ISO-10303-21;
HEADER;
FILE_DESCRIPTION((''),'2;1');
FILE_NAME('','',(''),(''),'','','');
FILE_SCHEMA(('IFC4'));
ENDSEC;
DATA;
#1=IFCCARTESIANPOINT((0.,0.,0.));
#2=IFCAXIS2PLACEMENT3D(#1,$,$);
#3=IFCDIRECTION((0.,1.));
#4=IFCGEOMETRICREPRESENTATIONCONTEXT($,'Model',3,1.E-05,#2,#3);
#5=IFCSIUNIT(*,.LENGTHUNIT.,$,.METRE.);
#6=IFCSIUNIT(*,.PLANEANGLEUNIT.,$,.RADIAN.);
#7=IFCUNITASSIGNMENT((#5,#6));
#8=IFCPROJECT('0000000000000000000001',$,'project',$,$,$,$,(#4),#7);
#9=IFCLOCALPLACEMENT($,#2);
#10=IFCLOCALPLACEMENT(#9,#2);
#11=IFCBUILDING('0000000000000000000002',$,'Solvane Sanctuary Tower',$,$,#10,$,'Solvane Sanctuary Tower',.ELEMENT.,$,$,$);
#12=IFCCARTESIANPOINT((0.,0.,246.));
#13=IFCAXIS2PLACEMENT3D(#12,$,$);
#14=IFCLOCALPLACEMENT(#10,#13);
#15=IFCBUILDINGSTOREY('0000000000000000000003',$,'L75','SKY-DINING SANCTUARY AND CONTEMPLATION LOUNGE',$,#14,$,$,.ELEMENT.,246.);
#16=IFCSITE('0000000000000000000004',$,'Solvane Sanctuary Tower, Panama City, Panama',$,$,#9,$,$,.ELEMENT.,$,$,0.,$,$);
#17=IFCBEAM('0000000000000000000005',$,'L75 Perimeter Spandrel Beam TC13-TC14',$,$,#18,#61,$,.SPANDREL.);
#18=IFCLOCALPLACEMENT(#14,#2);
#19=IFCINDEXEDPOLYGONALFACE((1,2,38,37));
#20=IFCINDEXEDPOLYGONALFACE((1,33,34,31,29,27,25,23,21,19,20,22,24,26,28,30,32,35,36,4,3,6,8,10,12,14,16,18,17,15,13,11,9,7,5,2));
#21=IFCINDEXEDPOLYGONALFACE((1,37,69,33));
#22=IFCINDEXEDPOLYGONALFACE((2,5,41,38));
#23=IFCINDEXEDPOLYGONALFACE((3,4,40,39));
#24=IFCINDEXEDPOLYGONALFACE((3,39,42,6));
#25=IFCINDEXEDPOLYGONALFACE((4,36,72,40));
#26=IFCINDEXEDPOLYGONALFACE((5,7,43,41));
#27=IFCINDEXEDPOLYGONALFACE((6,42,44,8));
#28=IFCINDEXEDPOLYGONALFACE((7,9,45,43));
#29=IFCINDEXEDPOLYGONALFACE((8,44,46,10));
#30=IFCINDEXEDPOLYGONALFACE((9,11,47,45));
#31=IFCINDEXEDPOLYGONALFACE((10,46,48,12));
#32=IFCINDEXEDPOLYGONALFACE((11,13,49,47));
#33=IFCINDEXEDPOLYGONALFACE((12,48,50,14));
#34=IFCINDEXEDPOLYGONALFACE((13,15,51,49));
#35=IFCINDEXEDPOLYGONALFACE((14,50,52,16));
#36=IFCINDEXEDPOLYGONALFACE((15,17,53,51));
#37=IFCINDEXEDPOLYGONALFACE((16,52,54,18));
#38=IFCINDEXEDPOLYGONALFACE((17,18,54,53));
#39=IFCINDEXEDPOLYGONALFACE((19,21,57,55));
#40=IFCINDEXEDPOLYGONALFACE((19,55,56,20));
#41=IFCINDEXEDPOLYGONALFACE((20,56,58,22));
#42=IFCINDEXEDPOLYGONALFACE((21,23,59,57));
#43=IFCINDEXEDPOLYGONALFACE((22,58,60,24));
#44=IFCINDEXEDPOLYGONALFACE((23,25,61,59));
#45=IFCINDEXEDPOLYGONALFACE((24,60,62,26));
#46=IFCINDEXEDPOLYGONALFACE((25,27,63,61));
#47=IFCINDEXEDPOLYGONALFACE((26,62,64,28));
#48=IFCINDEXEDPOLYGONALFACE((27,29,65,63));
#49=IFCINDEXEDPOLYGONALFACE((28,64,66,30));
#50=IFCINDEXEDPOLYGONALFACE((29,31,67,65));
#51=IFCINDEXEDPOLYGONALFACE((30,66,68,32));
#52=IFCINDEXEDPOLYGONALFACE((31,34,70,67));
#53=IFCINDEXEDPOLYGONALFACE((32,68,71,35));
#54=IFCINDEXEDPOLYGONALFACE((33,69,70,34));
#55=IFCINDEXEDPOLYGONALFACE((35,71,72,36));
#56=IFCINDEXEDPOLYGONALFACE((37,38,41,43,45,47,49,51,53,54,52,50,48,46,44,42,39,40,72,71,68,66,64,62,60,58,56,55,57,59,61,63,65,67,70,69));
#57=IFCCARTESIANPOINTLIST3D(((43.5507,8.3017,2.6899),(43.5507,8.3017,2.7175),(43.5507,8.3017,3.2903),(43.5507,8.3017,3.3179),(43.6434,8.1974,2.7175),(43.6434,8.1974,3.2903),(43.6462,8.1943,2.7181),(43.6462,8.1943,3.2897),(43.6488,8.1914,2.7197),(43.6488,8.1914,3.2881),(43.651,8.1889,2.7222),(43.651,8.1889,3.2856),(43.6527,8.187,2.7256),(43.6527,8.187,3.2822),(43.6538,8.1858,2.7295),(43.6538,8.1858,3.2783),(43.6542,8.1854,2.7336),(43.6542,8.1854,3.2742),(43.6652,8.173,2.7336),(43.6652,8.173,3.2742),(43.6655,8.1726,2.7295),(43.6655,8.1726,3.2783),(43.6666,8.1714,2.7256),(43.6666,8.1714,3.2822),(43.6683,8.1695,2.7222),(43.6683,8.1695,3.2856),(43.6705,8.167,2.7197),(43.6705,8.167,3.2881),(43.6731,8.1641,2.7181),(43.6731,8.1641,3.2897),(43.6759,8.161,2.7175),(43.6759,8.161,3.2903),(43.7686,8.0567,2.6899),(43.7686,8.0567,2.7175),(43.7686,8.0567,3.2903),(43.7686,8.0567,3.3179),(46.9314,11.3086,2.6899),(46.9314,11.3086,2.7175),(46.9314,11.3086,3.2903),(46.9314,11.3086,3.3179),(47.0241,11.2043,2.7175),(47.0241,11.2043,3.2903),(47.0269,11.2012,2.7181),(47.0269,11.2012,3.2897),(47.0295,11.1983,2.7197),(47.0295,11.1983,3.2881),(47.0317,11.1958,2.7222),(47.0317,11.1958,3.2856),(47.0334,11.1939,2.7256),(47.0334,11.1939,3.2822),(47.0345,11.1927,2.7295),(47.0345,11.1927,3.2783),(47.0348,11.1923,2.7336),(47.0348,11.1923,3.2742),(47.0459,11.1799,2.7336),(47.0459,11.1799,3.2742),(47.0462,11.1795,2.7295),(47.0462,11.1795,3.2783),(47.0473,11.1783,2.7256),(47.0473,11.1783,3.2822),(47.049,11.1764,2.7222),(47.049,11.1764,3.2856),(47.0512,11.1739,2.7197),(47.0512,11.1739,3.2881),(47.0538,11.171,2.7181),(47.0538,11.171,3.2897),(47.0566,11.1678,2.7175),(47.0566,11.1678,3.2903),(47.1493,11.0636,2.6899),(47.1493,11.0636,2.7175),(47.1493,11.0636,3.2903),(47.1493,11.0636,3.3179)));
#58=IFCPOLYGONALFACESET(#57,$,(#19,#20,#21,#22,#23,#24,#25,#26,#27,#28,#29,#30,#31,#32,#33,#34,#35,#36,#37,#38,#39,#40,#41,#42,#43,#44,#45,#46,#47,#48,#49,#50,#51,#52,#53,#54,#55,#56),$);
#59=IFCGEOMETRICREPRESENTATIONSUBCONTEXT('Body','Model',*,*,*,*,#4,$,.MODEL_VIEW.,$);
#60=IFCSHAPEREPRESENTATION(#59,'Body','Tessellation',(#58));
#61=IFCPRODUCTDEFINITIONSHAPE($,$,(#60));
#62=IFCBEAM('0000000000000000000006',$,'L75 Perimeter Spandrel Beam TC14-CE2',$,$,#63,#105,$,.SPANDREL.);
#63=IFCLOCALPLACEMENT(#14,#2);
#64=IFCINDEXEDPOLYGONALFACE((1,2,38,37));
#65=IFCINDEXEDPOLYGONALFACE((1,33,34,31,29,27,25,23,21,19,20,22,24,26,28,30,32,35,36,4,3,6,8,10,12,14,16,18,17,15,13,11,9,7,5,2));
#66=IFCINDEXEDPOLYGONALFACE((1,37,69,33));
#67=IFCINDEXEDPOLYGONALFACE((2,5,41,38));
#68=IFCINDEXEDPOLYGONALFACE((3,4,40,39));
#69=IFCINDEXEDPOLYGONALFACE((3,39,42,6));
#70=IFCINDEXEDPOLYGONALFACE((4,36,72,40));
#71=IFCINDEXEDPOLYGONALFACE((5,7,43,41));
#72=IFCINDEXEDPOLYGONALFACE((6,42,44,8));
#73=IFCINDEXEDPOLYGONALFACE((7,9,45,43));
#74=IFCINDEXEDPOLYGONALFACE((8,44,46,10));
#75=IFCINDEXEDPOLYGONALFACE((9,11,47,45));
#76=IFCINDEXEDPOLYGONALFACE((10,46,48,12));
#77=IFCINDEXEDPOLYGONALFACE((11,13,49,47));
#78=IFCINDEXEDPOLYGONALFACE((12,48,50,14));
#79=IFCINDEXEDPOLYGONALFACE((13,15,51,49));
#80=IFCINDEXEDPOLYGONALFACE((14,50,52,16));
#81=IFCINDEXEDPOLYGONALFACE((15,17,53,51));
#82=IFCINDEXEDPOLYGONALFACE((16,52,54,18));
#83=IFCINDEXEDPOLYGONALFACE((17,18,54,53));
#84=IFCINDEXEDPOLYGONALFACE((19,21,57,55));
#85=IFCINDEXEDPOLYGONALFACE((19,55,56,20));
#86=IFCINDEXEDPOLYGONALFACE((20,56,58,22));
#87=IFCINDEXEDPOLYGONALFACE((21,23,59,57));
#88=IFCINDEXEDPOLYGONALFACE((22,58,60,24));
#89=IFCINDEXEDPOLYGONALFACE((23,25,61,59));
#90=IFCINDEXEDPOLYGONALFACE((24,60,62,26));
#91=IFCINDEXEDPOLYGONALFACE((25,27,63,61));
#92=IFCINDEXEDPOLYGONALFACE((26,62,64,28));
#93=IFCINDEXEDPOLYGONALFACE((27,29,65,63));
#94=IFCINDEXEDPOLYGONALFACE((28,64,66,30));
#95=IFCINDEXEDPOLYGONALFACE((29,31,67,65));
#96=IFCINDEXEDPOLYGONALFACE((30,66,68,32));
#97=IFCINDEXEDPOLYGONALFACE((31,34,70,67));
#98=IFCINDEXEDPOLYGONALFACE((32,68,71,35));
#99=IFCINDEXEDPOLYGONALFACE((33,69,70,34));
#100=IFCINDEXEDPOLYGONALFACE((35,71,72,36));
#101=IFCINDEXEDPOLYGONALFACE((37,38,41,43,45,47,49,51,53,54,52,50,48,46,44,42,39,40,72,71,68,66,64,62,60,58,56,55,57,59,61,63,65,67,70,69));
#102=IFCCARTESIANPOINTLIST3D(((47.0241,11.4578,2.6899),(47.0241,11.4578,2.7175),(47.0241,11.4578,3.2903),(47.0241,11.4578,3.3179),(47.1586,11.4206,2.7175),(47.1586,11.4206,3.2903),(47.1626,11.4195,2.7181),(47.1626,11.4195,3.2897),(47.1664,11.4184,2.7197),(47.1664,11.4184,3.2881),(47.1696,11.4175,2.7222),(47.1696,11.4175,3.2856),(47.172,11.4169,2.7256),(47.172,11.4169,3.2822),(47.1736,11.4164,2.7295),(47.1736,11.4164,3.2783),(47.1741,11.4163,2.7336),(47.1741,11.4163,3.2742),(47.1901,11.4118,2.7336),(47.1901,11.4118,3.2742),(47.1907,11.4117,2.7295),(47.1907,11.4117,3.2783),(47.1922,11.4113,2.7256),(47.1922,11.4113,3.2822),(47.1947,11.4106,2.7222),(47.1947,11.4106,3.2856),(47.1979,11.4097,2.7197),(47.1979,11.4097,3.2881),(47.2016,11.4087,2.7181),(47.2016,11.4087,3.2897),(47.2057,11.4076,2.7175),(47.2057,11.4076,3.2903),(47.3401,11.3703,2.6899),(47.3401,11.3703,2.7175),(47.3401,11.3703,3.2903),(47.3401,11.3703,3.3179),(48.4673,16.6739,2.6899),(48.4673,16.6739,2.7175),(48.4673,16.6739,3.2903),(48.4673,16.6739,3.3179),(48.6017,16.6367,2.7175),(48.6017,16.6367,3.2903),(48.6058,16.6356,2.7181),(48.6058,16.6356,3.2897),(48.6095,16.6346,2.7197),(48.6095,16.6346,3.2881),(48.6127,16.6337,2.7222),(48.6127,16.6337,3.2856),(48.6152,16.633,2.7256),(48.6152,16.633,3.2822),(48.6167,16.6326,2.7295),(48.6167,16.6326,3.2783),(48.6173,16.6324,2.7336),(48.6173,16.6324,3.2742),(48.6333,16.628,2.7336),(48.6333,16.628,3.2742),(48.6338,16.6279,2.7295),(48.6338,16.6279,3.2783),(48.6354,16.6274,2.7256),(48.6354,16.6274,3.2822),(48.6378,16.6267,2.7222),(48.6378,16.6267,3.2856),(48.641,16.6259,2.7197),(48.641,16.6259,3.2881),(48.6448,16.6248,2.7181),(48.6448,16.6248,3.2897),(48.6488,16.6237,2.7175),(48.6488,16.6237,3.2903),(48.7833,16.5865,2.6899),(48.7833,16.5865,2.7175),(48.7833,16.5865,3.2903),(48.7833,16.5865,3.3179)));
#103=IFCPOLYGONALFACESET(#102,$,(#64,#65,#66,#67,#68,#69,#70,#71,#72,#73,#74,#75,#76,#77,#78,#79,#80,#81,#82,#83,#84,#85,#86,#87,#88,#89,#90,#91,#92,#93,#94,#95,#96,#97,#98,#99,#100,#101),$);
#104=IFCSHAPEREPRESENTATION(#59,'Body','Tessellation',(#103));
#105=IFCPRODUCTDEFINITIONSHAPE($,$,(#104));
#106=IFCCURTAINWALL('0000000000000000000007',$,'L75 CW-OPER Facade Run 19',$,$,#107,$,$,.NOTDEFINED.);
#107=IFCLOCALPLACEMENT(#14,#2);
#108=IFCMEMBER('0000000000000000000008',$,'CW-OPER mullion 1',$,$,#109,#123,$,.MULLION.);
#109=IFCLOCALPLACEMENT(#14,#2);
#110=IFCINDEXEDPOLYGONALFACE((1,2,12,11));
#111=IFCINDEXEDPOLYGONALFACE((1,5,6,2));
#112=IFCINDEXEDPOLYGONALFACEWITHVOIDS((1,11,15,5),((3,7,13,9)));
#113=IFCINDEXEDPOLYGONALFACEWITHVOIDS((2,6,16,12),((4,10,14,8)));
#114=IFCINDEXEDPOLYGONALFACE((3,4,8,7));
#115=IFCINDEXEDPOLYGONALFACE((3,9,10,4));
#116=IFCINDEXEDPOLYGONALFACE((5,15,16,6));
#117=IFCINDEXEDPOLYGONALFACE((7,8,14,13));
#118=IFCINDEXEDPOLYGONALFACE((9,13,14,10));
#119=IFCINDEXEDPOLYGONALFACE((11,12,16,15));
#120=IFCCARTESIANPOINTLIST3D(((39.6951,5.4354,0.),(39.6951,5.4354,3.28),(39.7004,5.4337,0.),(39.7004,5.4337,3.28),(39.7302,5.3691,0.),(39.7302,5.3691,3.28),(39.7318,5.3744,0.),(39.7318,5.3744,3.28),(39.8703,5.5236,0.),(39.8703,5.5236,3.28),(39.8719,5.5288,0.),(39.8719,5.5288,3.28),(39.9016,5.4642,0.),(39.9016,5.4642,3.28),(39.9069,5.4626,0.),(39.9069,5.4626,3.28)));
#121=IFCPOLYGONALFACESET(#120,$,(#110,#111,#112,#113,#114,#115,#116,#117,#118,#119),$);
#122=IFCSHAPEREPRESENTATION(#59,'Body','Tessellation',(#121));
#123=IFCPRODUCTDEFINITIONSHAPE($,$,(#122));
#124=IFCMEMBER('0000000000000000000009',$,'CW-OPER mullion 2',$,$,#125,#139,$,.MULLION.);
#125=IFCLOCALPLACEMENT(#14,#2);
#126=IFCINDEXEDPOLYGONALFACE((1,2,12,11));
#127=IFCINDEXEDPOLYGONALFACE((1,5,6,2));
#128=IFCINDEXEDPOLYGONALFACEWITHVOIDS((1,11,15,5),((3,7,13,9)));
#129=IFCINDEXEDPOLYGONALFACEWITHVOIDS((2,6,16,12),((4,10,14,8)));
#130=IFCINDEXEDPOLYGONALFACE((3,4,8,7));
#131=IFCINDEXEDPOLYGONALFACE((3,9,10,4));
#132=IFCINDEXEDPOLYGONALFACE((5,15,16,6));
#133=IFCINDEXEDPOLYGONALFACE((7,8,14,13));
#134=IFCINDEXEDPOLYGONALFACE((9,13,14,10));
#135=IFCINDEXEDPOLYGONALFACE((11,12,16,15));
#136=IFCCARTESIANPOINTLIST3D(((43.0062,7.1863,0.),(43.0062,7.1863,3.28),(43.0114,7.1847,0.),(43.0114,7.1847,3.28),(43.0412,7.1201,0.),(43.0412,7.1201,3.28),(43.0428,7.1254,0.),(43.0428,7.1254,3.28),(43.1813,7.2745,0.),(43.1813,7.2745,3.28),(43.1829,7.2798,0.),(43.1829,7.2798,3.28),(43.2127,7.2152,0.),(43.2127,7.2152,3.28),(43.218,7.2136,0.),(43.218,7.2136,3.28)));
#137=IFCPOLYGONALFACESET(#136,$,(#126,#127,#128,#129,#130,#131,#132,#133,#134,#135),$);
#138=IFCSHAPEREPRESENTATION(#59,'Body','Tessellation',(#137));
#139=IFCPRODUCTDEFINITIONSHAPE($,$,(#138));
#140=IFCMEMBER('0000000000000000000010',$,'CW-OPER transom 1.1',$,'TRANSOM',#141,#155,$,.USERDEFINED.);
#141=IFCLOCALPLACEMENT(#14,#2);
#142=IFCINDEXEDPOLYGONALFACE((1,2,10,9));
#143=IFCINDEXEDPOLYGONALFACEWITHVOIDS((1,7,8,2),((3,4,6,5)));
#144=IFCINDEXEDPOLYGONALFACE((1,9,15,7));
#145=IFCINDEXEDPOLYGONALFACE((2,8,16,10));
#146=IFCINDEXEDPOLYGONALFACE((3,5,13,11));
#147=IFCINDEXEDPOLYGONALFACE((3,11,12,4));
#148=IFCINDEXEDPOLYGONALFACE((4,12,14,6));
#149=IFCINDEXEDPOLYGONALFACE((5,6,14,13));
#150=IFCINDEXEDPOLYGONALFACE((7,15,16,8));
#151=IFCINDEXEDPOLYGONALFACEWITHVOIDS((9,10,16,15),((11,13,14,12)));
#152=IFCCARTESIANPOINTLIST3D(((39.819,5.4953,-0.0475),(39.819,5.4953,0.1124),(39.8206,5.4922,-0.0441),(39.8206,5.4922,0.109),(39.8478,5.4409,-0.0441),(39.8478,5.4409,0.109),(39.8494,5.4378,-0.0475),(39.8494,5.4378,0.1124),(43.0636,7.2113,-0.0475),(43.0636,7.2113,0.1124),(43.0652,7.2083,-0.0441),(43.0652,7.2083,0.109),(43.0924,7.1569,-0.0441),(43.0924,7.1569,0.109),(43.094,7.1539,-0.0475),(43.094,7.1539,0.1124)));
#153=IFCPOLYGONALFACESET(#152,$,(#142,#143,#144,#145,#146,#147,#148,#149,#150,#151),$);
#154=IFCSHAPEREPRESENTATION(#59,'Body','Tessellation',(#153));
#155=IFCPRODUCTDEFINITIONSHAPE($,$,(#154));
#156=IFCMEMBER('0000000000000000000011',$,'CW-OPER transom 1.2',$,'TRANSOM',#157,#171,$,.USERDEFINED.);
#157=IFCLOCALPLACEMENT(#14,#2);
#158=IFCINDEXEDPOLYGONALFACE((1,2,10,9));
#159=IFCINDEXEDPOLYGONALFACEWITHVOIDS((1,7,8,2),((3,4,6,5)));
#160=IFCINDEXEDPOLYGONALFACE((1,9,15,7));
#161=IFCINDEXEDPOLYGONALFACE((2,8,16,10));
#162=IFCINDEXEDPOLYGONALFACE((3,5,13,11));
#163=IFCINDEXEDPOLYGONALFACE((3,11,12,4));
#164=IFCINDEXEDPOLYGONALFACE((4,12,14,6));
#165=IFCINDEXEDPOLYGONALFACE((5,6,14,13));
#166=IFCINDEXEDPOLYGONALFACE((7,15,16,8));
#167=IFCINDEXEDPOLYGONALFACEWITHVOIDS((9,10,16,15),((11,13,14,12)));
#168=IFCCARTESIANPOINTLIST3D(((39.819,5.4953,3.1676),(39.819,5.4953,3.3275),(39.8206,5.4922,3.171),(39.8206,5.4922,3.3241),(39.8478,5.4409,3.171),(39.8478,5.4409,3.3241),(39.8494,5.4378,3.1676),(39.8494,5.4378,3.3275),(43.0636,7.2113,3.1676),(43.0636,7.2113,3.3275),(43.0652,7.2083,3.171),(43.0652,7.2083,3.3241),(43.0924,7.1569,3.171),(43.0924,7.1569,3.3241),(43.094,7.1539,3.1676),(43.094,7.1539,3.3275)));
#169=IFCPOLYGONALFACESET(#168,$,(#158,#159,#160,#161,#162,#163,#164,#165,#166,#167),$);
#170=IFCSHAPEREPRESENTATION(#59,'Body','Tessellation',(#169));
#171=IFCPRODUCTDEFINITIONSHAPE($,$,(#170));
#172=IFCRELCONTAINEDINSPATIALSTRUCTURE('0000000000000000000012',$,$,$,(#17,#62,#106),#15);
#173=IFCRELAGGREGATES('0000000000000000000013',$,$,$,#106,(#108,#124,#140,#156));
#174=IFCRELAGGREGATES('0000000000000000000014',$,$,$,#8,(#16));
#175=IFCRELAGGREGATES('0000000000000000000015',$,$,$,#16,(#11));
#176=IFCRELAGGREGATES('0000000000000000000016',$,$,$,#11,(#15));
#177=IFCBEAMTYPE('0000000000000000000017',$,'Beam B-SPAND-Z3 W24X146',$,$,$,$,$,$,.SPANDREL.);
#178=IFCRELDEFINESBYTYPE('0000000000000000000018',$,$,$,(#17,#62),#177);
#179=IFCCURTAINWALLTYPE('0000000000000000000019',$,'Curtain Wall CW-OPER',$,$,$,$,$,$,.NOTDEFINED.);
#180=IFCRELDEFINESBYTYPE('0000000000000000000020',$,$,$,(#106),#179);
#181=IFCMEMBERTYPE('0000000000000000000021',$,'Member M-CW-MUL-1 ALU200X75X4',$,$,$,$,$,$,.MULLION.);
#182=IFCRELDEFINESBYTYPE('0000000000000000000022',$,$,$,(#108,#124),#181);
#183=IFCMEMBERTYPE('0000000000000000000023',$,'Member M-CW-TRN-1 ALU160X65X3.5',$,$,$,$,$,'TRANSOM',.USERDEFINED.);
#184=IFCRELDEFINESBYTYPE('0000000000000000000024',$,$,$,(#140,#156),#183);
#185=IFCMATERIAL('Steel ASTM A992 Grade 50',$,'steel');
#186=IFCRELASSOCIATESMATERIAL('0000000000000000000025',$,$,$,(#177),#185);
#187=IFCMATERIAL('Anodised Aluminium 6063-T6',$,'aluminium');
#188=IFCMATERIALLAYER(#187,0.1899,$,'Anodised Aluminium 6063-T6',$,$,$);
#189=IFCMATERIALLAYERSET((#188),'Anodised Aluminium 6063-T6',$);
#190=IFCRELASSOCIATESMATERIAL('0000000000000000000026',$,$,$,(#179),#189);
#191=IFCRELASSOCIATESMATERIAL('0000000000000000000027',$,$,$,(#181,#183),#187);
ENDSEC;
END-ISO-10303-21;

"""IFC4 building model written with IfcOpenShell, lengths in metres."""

from ifc_helpers import new_model, si_unit, direction, frame, origin, origin_2d, place, context, subcontext, project, spatial, hollow_rectangle, i_section, extrude, material, layer, layer_set, material_profile, profile_set, type_object, element, aggregate, save


model = new_model("IFC4")

# Units and contexts
model_context = context("Model", 3, precision=1e-05, world=origin(), true_north=direction((0.0, 1.0)))
body_context = subcontext(model_context, "Body", "Model", "MODEL_VIEW")
ifc_project = project(units=[si_unit("LENGTHUNIT", "METRE"), si_unit("PLANEANGLEUNIT", "RADIAN")], contexts=[model_context])

# Site, building, storey
site_placement = place(None, origin())
site = spatial("IfcSite", under=ifc_project, at=site_placement, Name="Solvane Sanctuary Tower, Panama City, Panama", CompositionType="ELEMENT", RefElevation=0.0)
building_placement = place(site_placement, origin())
building = spatial("IfcBuilding", under=site, at=building_placement, Name="Solvane Sanctuary Tower", LongName="Solvane Sanctuary Tower", CompositionType="ELEMENT")
storey_placement = place(building_placement, frame((0.0, 0.0, 246.0)))
storey = spatial("IfcBuildingStorey", under=building, at=storey_placement, Name="L75", Description="SKY-DINING SANCTUARY AND CONTEMPLATION LOUNGE", CompositionType="ELEMENT", Elevation=246.0)

# Beams
ifc_material_1 = material(Name="Steel ASTM A992 Grade 50", Category="steel")
ifc_material_profile_1 = material_profile(ifc_material_1, i_section(OverallWidth=0.3279, OverallDepth=0.6279, WebThickness=0.0166, FlangeThickness=0.0276, FilletRadius=0.0161, at=origin_2d()), Name="W24X146")
ifc_profile_set_1 = profile_set([ifc_material_profile_1], Name="Steel ASTM A992 Grade 50")
beam_type_1 = type_object("IfcBeamType", Name="Beam B-SPAND-Z3 W24X146", PredefinedType="SPANDREL", material=ifc_profile_set_1)
beam_1_placement = place(storey_placement, frame((43.6597, 8.1792, 3.0039), z_axis=(0.747207, 0.664592, 0.0), x_axis=(-0.664592, 0.747207, 0.0)))
element("IfcBeam", 1, at=beam_1_placement, inside=storey, type_object=beam_type_1, Name="L75 Perimeter Spandrel Beam TC13-TC14", PredefinedType="SPANDREL", context=body_context, shape_type="SweptSolid", body=[
    extrude(i_section(OverallWidth=0.3279, OverallDepth=0.6279, WebThickness=0.0166, FlangeThickness=0.0276, FilletRadius=0.0161, at=origin_2d()), origin(), (0.0, 0.0, 1.0), 4.5244),
])
beam_2_placement = place(storey_placement, frame((47.1821, 11.4141, 3.0039), z_axis=(0.26665, 0.963793, 0.0), x_axis=(-0.963793, 0.26665, 0.0)))
element("IfcBeam", 2, at=beam_2_placement, inside=storey, type_object=beam_type_1, Name="L75 Perimeter Spandrel Beam TC14-CE2", PredefinedType="SPANDREL", context=body_context, shape_type="SweptSolid", body=[
    extrude(i_section(OverallWidth=0.3279, OverallDepth=0.6279, WebThickness=0.0166, FlangeThickness=0.0276, FilletRadius=0.0161, at=origin_2d()), origin(), (0.0, 0.0, 1.0), 5.4121),
])

# Curtain wall, members
ifc_material_2 = material(Name="Anodised Aluminium 6063-T6", Category="aluminium")
ifc_layer_1 = layer(ifc_material_2, 0.1899, Name="Anodised Aluminium 6063-T6")
ifc_layer_set_1 = layer_set([ifc_layer_1], Name="Anodised Aluminium 6063-T6")
curtain_wall_type = type_object("IfcCurtainWallType", Name="Curtain Wall CW-OPER", PredefinedType="NOTDEFINED", material=ifc_layer_set_1)
curtain_wall_placement = place(storey_placement, origin())
curtain_wall = element("IfcCurtainWall", 3, at=curtain_wall_placement, inside=storey, type_object=curtain_wall_type, Name="L75 CW-OPER Facade Run 19", PredefinedType="NOTDEFINED")
ifc_material_profile_2 = material_profile(ifc_material_2, hollow_rectangle(XDim=0.075, YDim=0.2, WallThickness=0.0039, at=origin_2d()), Name="ALU200X75X4")
ifc_profile_set_2 = profile_set([ifc_material_profile_2], Name="Anodised Aluminium 6063-T6")
member_type_1 = type_object("IfcMemberType", Name="Member M-CW-MUL-1 ALU200X75X4", PredefinedType="MULLION", material=ifc_profile_set_2)
member_1_placement = place(storey_placement, frame((39.801, 5.449, 0.0), z_axis=(0.0, 0.0, 1.0), x_axis=(-0.467523, 0.883981, 0.0)))
member_1 = element("IfcMember", 4, at=member_1_placement, type_object=member_type_1, Name="CW-OPER mullion 1", PredefinedType="MULLION", context=body_context, shape_type="SweptSolid", body=[
    extrude(hollow_rectangle(XDim=0.075, YDim=0.2, WallThickness=0.0039, at=origin_2d()), origin(), (0.0, 0.0, 1.0), 3.28),
])
member_2_placement = place(storey_placement, frame((43.1121, 7.2, 0.0), z_axis=(0.0, 0.0, 1.0), x_axis=(-0.467523, 0.883981, 0.0)))
member_2 = element("IfcMember", 5, at=member_2_placement, type_object=member_type_1, Name="CW-OPER mullion 2", PredefinedType="MULLION", context=body_context, shape_type="SweptSolid", body=[
    extrude(hollow_rectangle(XDim=0.075, YDim=0.2, WallThickness=0.0039, at=origin_2d()), origin(), (0.0, 0.0, 1.0), 3.28),
])
ifc_material_profile_3 = material_profile(ifc_material_2, hollow_rectangle(XDim=0.0649, YDim=0.1599, WallThickness=0.0034, at=origin_2d()), Name="ALU160X65X3.5")
ifc_profile_set_3 = profile_set([ifc_material_profile_3], Name="Anodised Aluminium 6063-T6")
member_type_2 = type_object("IfcMemberType", Name="Member M-CW-TRN-1 ALU160X65X3.5", ElementType="TRANSOM", PredefinedType="USERDEFINED", material=ifc_profile_set_3)
member_3_placement = place(storey_placement, frame((39.8342, 5.4666, 0.0325), z_axis=(0.883977, 0.46753, 0.0), x_axis=(-0.46753, 0.883977, 0.0)))
member_3 = element("IfcMember", 6, at=member_3_placement, type_object=member_type_2, Name="CW-OPER transom 1.1", ObjectType="TRANSOM", PredefinedType="USERDEFINED", context=body_context, shape_type="SweptSolid", body=[
    extrude(hollow_rectangle(XDim=0.0649, YDim=0.1599, WallThickness=0.0034, at=origin_2d()), origin(), (0.0, 0.0, 1.0), 3.6704),
])
member_4_placement = place(storey_placement, frame((39.8342, 5.4666, 3.2476), z_axis=(0.883977, 0.46753, 0.0), x_axis=(-0.46753, 0.883977, 0.0)))
member_4 = element("IfcMember", 7, at=member_4_placement, type_object=member_type_2, Name="CW-OPER transom 1.2", ObjectType="TRANSOM", PredefinedType="USERDEFINED", context=body_context, shape_type="SweptSolid", body=[
    extrude(hollow_rectangle(XDim=0.0649, YDim=0.1599, WallThickness=0.0034, at=origin_2d()), origin(), (0.0, 0.0, 1.0), 3.6704),
])

aggregate(curtain_wall, [member_1, member_2, member_3, member_4])

save(model, "model.ifc")
